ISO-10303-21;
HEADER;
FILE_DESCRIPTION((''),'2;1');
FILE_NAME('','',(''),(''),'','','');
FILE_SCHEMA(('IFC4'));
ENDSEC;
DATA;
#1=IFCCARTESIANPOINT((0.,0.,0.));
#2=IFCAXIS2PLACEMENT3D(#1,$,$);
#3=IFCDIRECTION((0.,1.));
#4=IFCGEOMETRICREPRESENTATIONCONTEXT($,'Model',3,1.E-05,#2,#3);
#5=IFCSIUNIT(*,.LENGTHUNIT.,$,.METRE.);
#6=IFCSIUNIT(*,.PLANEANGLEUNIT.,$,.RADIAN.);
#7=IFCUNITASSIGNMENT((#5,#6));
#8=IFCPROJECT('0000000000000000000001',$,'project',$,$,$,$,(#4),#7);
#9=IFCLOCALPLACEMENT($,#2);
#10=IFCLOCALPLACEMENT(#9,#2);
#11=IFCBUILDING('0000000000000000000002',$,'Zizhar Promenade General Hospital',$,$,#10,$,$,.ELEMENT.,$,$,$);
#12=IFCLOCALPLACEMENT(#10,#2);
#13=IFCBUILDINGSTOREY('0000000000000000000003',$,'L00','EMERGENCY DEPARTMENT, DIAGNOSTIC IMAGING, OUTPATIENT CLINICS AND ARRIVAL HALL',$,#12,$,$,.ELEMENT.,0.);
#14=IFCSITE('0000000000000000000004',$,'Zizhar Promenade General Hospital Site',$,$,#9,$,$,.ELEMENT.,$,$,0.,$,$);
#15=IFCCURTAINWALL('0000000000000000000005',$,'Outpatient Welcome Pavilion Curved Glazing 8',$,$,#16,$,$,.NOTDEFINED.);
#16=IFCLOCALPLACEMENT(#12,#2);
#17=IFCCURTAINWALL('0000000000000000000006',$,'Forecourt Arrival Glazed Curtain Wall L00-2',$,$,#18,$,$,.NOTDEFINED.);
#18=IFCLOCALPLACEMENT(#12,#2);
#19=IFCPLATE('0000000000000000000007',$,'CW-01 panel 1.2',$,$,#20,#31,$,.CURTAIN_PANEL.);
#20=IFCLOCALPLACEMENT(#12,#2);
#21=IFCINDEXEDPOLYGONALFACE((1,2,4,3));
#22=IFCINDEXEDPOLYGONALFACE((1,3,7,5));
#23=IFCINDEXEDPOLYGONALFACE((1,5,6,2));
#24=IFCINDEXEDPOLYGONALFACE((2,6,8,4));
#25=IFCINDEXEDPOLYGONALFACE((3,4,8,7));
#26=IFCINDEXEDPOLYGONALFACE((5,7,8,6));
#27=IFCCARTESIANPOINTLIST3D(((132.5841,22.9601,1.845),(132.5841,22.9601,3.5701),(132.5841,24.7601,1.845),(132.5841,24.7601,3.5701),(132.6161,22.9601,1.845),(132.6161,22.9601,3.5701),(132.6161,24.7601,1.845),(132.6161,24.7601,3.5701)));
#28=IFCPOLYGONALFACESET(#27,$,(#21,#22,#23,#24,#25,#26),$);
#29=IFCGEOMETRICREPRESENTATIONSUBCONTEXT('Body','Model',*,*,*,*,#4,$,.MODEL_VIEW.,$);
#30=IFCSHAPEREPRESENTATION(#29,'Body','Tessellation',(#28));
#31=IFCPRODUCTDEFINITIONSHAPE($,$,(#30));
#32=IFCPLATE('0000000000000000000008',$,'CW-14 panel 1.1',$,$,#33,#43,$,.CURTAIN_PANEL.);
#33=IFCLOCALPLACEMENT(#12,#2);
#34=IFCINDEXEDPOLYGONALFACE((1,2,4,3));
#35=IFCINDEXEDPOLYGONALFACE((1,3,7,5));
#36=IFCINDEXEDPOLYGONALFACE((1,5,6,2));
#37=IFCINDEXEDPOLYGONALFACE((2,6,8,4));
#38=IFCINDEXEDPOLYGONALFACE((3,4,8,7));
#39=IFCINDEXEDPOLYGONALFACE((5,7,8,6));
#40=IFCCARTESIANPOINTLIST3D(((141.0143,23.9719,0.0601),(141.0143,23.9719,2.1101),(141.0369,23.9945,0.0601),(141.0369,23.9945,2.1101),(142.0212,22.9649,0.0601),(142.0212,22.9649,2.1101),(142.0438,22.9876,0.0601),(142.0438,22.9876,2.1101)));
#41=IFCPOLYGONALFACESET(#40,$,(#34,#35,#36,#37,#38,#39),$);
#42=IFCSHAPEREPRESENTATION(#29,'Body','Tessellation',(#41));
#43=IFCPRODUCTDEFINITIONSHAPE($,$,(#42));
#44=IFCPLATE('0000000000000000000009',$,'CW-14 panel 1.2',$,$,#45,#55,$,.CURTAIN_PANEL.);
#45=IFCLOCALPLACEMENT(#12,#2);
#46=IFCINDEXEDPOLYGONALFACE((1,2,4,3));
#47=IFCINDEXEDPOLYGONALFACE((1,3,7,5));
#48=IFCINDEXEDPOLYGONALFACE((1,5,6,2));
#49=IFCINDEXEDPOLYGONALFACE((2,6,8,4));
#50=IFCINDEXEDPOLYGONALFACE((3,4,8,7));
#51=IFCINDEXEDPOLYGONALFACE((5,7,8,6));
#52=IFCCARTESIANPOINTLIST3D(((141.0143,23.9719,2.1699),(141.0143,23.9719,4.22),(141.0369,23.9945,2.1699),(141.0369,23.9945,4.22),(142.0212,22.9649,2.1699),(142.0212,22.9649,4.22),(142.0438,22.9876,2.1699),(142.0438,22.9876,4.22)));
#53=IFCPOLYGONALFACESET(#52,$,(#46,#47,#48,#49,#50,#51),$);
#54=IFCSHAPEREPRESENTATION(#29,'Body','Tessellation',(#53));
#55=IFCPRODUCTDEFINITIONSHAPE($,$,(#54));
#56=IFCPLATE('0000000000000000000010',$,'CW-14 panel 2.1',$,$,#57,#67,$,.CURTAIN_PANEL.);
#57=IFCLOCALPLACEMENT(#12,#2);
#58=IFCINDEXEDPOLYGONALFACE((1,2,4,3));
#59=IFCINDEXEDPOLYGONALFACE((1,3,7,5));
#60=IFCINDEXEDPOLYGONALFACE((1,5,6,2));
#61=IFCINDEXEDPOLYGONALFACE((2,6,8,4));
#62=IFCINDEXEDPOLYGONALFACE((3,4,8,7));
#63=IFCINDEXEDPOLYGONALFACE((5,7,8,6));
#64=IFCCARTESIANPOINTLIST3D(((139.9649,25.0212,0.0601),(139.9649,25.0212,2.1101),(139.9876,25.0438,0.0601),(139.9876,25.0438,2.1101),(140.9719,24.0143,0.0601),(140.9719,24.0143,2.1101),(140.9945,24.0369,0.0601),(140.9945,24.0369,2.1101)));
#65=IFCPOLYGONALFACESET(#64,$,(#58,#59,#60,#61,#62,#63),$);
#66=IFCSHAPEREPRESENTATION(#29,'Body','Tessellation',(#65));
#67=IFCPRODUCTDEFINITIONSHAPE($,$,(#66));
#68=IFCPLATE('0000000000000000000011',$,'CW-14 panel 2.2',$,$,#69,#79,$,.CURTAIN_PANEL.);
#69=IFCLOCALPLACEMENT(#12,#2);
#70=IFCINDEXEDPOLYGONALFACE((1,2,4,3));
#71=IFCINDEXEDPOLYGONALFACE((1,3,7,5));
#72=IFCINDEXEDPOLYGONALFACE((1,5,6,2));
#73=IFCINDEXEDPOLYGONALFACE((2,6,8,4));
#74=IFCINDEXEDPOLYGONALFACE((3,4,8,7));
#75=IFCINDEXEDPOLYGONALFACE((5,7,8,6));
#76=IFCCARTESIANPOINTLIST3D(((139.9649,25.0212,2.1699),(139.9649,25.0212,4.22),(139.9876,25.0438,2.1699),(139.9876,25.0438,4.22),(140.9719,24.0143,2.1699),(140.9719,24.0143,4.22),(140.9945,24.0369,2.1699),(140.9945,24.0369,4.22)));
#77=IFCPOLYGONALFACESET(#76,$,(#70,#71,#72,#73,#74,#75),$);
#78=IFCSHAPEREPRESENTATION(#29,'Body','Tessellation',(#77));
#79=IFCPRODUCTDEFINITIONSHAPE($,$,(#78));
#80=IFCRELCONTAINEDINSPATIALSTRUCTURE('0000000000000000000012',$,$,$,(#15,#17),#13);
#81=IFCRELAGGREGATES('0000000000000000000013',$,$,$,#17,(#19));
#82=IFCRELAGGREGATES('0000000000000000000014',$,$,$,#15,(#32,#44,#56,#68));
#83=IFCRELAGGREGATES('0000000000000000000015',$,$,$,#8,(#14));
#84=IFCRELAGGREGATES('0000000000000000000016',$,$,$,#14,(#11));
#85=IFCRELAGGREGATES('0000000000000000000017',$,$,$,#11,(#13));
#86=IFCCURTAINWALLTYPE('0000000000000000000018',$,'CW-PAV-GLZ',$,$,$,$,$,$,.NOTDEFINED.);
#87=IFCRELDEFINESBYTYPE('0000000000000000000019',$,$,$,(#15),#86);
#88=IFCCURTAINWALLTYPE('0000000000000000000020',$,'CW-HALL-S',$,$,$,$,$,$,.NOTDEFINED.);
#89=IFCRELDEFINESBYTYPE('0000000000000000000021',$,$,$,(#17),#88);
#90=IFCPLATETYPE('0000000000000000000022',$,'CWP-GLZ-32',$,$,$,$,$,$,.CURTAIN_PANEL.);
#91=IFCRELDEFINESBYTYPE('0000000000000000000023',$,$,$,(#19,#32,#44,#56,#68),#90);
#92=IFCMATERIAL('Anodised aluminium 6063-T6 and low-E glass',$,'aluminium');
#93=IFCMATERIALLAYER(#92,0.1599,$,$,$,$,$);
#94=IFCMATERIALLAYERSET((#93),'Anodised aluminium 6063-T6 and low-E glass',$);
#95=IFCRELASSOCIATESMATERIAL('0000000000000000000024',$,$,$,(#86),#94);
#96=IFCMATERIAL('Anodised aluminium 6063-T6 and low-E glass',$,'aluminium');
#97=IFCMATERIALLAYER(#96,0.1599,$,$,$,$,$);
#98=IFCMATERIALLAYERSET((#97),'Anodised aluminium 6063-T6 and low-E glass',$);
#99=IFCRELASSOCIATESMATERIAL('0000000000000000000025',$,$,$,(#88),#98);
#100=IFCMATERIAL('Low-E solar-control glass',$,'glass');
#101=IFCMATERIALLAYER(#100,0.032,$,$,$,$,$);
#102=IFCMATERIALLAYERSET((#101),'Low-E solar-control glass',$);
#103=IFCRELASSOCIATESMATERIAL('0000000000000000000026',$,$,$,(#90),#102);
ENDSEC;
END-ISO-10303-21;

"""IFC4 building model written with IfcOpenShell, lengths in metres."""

from ifc_helpers import new_model, si_unit, direction, frame, origin, origin_2d, place, context, subcontext, project, spatial, rectangle, extrude, material, layer, layer_set, type_object, element, aggregate, save


model = new_model("IFC4")

# Units and contexts
model_context = context("Model", 3, precision=1e-05, world=origin(), true_north=direction((0.0, 1.0)))
body_context = subcontext(model_context, "Body", "Model", "MODEL_VIEW")
ifc_project = project(units=[si_unit("LENGTHUNIT", "METRE"), si_unit("PLANEANGLEUNIT", "RADIAN")], contexts=[model_context])

# Site, building, storey
site_placement = place(None, origin())
site = spatial("IfcSite", under=ifc_project, at=site_placement, Name="Zizhar Promenade General Hospital Site", CompositionType="ELEMENT", RefElevation=0.0)
building_placement = place(site_placement, origin())
building = spatial("IfcBuilding", under=site, at=building_placement, Name="Zizhar Promenade General Hospital", CompositionType="ELEMENT")
storey_placement = place(building_placement, origin())
storey = spatial("IfcBuildingStorey", under=building, at=storey_placement, Name="L00", Description="EMERGENCY DEPARTMENT, DIAGNOSTIC IMAGING, OUTPATIENT CLINICS AND ARRIVAL HALL", CompositionType="ELEMENT", Elevation=0.0)

# Shared definitions
ifc_material_1 = material(Name="Anodised aluminium 6063-T6 and low-E glass", Category="aluminium")
ifc_layer_1 = layer(ifc_material_1, 0.1599)
ifc_layer_set_1 = layer_set([ifc_layer_1], Name="Anodised aluminium 6063-T6 and low-E glass")
curtain_wall_type_1 = type_object("IfcCurtainWallType", Name="CW-PAV-GLZ", PredefinedType="NOTDEFINED", material=ifc_layer_set_1)

# Curtain wall
curtain_wall_1_placement = place(storey_placement, origin())
curtain_wall_1 = element("IfcCurtainWall", 1, at=curtain_wall_1_placement, inside=storey, type_object=curtain_wall_type_1, Name="Outpatient Welcome Pavilion Curved Glazing 8", PredefinedType="NOTDEFINED")

# Curtain wall
ifc_material_2 = material(Name="Anodised aluminium 6063-T6 and low-E glass", Category="aluminium")
ifc_layer_2 = layer(ifc_material_2, 0.1599)
ifc_layer_set_2 = layer_set([ifc_layer_2], Name="Anodised aluminium 6063-T6 and low-E glass")
curtain_wall_type_2 = type_object("IfcCurtainWallType", Name="CW-HALL-S", PredefinedType="NOTDEFINED", material=ifc_layer_set_2)
curtain_wall_2_placement = place(storey_placement, origin())
curtain_wall_2 = element("IfcCurtainWall", 2, at=curtain_wall_2_placement, inside=storey, type_object=curtain_wall_type_2, Name="Forecourt Arrival Glazed Curtain Wall L00-2", PredefinedType="NOTDEFINED")

# Plates
ifc_material_3 = material(Name="Low-E solar-control glass", Category="glass")
ifc_layer_3 = layer(ifc_material_3, 0.032)
ifc_layer_set_3 = layer_set([ifc_layer_3], Name="Low-E solar-control glass")
plate_type = type_object("IfcPlateType", Name="CWP-GLZ-32", PredefinedType="CURTAIN_PANEL", material=ifc_layer_set_3)
plate_1_placement = place(storey_placement, frame((132.6001, 23.8601, 1.845), z_axis=(0.0, 0.0, 1.0), x_axis=(0.0, -1.0, 0.0)))
plate_1 = element("IfcPlate", 3, at=plate_1_placement, type_object=plate_type, Name="CW-01 panel 1.2", PredefinedType="CURTAIN_PANEL", context=body_context, shape_type="SweptSolid", body=[
    extrude(rectangle(XDim=1.8, YDim=0.032, at=origin_2d()), origin(), (0.0, 0.0, 1.0), 1.7251),
])
aggregate(curtain_wall_2, [plate_1])
plate_2_placement = place(storey_placement, frame((141.5291, 23.4797, 0.0601), z_axis=(0.0, 0.0, 1.0), x_axis=(-0.707107, 0.707107, 0.0)))
plate_2 = element("IfcPlate", 4, at=plate_2_placement, type_object=plate_type, Name="CW-14 panel 1.1", PredefinedType="CURTAIN_PANEL", context=body_context, shape_type="SweptSolid", body=[
    extrude(rectangle(XDim=1.4241, YDim=0.032, at=origin_2d()), origin(), (0.0, 0.0, 1.0), 2.05),
])
plate_3_placement = place(storey_placement, frame((141.5291, 23.4797, 2.1699), z_axis=(0.0, 0.0, 1.0), x_axis=(-0.707107, 0.707107, 0.0)))
plate_3 = element("IfcPlate", 5, at=plate_3_placement, type_object=plate_type, Name="CW-14 panel 1.2", PredefinedType="CURTAIN_PANEL", context=body_context, shape_type="SweptSolid", body=[
    extrude(rectangle(XDim=1.4241, YDim=0.032, at=origin_2d()), origin(), (0.0, 0.0, 1.0), 2.05),
])
plate_4_placement = place(storey_placement, frame((140.4797, 24.5291, 0.0601), z_axis=(0.0, 0.0, 1.0), x_axis=(-0.707107, 0.707107, 0.0)))
plate_4 = element("IfcPlate", 6, at=plate_4_placement, type_object=plate_type, Name="CW-14 panel 2.1", PredefinedType="CURTAIN_PANEL", context=body_context, shape_type="SweptSolid", body=[
    extrude(rectangle(XDim=1.4241, YDim=0.032, at=origin_2d()), origin(), (0.0, 0.0, 1.0), 2.05),
])
plate_5_placement = place(storey_placement, frame((140.4797, 24.5291, 2.1699), z_axis=(0.0, 0.0, 1.0), x_axis=(-0.707107, 0.707107, 0.0)))
plate_5 = element("IfcPlate", 7, at=plate_5_placement, type_object=plate_type, Name="CW-14 panel 2.2", PredefinedType="CURTAIN_PANEL", context=body_context, shape_type="SweptSolid", body=[
    extrude(rectangle(XDim=1.4241, YDim=0.032, at=origin_2d()), origin(), (0.0, 0.0, 1.0), 2.05),
])
aggregate(curtain_wall_1, [plate_2, plate_3, plate_4, plate_5])

save(model, "model.ifc")
